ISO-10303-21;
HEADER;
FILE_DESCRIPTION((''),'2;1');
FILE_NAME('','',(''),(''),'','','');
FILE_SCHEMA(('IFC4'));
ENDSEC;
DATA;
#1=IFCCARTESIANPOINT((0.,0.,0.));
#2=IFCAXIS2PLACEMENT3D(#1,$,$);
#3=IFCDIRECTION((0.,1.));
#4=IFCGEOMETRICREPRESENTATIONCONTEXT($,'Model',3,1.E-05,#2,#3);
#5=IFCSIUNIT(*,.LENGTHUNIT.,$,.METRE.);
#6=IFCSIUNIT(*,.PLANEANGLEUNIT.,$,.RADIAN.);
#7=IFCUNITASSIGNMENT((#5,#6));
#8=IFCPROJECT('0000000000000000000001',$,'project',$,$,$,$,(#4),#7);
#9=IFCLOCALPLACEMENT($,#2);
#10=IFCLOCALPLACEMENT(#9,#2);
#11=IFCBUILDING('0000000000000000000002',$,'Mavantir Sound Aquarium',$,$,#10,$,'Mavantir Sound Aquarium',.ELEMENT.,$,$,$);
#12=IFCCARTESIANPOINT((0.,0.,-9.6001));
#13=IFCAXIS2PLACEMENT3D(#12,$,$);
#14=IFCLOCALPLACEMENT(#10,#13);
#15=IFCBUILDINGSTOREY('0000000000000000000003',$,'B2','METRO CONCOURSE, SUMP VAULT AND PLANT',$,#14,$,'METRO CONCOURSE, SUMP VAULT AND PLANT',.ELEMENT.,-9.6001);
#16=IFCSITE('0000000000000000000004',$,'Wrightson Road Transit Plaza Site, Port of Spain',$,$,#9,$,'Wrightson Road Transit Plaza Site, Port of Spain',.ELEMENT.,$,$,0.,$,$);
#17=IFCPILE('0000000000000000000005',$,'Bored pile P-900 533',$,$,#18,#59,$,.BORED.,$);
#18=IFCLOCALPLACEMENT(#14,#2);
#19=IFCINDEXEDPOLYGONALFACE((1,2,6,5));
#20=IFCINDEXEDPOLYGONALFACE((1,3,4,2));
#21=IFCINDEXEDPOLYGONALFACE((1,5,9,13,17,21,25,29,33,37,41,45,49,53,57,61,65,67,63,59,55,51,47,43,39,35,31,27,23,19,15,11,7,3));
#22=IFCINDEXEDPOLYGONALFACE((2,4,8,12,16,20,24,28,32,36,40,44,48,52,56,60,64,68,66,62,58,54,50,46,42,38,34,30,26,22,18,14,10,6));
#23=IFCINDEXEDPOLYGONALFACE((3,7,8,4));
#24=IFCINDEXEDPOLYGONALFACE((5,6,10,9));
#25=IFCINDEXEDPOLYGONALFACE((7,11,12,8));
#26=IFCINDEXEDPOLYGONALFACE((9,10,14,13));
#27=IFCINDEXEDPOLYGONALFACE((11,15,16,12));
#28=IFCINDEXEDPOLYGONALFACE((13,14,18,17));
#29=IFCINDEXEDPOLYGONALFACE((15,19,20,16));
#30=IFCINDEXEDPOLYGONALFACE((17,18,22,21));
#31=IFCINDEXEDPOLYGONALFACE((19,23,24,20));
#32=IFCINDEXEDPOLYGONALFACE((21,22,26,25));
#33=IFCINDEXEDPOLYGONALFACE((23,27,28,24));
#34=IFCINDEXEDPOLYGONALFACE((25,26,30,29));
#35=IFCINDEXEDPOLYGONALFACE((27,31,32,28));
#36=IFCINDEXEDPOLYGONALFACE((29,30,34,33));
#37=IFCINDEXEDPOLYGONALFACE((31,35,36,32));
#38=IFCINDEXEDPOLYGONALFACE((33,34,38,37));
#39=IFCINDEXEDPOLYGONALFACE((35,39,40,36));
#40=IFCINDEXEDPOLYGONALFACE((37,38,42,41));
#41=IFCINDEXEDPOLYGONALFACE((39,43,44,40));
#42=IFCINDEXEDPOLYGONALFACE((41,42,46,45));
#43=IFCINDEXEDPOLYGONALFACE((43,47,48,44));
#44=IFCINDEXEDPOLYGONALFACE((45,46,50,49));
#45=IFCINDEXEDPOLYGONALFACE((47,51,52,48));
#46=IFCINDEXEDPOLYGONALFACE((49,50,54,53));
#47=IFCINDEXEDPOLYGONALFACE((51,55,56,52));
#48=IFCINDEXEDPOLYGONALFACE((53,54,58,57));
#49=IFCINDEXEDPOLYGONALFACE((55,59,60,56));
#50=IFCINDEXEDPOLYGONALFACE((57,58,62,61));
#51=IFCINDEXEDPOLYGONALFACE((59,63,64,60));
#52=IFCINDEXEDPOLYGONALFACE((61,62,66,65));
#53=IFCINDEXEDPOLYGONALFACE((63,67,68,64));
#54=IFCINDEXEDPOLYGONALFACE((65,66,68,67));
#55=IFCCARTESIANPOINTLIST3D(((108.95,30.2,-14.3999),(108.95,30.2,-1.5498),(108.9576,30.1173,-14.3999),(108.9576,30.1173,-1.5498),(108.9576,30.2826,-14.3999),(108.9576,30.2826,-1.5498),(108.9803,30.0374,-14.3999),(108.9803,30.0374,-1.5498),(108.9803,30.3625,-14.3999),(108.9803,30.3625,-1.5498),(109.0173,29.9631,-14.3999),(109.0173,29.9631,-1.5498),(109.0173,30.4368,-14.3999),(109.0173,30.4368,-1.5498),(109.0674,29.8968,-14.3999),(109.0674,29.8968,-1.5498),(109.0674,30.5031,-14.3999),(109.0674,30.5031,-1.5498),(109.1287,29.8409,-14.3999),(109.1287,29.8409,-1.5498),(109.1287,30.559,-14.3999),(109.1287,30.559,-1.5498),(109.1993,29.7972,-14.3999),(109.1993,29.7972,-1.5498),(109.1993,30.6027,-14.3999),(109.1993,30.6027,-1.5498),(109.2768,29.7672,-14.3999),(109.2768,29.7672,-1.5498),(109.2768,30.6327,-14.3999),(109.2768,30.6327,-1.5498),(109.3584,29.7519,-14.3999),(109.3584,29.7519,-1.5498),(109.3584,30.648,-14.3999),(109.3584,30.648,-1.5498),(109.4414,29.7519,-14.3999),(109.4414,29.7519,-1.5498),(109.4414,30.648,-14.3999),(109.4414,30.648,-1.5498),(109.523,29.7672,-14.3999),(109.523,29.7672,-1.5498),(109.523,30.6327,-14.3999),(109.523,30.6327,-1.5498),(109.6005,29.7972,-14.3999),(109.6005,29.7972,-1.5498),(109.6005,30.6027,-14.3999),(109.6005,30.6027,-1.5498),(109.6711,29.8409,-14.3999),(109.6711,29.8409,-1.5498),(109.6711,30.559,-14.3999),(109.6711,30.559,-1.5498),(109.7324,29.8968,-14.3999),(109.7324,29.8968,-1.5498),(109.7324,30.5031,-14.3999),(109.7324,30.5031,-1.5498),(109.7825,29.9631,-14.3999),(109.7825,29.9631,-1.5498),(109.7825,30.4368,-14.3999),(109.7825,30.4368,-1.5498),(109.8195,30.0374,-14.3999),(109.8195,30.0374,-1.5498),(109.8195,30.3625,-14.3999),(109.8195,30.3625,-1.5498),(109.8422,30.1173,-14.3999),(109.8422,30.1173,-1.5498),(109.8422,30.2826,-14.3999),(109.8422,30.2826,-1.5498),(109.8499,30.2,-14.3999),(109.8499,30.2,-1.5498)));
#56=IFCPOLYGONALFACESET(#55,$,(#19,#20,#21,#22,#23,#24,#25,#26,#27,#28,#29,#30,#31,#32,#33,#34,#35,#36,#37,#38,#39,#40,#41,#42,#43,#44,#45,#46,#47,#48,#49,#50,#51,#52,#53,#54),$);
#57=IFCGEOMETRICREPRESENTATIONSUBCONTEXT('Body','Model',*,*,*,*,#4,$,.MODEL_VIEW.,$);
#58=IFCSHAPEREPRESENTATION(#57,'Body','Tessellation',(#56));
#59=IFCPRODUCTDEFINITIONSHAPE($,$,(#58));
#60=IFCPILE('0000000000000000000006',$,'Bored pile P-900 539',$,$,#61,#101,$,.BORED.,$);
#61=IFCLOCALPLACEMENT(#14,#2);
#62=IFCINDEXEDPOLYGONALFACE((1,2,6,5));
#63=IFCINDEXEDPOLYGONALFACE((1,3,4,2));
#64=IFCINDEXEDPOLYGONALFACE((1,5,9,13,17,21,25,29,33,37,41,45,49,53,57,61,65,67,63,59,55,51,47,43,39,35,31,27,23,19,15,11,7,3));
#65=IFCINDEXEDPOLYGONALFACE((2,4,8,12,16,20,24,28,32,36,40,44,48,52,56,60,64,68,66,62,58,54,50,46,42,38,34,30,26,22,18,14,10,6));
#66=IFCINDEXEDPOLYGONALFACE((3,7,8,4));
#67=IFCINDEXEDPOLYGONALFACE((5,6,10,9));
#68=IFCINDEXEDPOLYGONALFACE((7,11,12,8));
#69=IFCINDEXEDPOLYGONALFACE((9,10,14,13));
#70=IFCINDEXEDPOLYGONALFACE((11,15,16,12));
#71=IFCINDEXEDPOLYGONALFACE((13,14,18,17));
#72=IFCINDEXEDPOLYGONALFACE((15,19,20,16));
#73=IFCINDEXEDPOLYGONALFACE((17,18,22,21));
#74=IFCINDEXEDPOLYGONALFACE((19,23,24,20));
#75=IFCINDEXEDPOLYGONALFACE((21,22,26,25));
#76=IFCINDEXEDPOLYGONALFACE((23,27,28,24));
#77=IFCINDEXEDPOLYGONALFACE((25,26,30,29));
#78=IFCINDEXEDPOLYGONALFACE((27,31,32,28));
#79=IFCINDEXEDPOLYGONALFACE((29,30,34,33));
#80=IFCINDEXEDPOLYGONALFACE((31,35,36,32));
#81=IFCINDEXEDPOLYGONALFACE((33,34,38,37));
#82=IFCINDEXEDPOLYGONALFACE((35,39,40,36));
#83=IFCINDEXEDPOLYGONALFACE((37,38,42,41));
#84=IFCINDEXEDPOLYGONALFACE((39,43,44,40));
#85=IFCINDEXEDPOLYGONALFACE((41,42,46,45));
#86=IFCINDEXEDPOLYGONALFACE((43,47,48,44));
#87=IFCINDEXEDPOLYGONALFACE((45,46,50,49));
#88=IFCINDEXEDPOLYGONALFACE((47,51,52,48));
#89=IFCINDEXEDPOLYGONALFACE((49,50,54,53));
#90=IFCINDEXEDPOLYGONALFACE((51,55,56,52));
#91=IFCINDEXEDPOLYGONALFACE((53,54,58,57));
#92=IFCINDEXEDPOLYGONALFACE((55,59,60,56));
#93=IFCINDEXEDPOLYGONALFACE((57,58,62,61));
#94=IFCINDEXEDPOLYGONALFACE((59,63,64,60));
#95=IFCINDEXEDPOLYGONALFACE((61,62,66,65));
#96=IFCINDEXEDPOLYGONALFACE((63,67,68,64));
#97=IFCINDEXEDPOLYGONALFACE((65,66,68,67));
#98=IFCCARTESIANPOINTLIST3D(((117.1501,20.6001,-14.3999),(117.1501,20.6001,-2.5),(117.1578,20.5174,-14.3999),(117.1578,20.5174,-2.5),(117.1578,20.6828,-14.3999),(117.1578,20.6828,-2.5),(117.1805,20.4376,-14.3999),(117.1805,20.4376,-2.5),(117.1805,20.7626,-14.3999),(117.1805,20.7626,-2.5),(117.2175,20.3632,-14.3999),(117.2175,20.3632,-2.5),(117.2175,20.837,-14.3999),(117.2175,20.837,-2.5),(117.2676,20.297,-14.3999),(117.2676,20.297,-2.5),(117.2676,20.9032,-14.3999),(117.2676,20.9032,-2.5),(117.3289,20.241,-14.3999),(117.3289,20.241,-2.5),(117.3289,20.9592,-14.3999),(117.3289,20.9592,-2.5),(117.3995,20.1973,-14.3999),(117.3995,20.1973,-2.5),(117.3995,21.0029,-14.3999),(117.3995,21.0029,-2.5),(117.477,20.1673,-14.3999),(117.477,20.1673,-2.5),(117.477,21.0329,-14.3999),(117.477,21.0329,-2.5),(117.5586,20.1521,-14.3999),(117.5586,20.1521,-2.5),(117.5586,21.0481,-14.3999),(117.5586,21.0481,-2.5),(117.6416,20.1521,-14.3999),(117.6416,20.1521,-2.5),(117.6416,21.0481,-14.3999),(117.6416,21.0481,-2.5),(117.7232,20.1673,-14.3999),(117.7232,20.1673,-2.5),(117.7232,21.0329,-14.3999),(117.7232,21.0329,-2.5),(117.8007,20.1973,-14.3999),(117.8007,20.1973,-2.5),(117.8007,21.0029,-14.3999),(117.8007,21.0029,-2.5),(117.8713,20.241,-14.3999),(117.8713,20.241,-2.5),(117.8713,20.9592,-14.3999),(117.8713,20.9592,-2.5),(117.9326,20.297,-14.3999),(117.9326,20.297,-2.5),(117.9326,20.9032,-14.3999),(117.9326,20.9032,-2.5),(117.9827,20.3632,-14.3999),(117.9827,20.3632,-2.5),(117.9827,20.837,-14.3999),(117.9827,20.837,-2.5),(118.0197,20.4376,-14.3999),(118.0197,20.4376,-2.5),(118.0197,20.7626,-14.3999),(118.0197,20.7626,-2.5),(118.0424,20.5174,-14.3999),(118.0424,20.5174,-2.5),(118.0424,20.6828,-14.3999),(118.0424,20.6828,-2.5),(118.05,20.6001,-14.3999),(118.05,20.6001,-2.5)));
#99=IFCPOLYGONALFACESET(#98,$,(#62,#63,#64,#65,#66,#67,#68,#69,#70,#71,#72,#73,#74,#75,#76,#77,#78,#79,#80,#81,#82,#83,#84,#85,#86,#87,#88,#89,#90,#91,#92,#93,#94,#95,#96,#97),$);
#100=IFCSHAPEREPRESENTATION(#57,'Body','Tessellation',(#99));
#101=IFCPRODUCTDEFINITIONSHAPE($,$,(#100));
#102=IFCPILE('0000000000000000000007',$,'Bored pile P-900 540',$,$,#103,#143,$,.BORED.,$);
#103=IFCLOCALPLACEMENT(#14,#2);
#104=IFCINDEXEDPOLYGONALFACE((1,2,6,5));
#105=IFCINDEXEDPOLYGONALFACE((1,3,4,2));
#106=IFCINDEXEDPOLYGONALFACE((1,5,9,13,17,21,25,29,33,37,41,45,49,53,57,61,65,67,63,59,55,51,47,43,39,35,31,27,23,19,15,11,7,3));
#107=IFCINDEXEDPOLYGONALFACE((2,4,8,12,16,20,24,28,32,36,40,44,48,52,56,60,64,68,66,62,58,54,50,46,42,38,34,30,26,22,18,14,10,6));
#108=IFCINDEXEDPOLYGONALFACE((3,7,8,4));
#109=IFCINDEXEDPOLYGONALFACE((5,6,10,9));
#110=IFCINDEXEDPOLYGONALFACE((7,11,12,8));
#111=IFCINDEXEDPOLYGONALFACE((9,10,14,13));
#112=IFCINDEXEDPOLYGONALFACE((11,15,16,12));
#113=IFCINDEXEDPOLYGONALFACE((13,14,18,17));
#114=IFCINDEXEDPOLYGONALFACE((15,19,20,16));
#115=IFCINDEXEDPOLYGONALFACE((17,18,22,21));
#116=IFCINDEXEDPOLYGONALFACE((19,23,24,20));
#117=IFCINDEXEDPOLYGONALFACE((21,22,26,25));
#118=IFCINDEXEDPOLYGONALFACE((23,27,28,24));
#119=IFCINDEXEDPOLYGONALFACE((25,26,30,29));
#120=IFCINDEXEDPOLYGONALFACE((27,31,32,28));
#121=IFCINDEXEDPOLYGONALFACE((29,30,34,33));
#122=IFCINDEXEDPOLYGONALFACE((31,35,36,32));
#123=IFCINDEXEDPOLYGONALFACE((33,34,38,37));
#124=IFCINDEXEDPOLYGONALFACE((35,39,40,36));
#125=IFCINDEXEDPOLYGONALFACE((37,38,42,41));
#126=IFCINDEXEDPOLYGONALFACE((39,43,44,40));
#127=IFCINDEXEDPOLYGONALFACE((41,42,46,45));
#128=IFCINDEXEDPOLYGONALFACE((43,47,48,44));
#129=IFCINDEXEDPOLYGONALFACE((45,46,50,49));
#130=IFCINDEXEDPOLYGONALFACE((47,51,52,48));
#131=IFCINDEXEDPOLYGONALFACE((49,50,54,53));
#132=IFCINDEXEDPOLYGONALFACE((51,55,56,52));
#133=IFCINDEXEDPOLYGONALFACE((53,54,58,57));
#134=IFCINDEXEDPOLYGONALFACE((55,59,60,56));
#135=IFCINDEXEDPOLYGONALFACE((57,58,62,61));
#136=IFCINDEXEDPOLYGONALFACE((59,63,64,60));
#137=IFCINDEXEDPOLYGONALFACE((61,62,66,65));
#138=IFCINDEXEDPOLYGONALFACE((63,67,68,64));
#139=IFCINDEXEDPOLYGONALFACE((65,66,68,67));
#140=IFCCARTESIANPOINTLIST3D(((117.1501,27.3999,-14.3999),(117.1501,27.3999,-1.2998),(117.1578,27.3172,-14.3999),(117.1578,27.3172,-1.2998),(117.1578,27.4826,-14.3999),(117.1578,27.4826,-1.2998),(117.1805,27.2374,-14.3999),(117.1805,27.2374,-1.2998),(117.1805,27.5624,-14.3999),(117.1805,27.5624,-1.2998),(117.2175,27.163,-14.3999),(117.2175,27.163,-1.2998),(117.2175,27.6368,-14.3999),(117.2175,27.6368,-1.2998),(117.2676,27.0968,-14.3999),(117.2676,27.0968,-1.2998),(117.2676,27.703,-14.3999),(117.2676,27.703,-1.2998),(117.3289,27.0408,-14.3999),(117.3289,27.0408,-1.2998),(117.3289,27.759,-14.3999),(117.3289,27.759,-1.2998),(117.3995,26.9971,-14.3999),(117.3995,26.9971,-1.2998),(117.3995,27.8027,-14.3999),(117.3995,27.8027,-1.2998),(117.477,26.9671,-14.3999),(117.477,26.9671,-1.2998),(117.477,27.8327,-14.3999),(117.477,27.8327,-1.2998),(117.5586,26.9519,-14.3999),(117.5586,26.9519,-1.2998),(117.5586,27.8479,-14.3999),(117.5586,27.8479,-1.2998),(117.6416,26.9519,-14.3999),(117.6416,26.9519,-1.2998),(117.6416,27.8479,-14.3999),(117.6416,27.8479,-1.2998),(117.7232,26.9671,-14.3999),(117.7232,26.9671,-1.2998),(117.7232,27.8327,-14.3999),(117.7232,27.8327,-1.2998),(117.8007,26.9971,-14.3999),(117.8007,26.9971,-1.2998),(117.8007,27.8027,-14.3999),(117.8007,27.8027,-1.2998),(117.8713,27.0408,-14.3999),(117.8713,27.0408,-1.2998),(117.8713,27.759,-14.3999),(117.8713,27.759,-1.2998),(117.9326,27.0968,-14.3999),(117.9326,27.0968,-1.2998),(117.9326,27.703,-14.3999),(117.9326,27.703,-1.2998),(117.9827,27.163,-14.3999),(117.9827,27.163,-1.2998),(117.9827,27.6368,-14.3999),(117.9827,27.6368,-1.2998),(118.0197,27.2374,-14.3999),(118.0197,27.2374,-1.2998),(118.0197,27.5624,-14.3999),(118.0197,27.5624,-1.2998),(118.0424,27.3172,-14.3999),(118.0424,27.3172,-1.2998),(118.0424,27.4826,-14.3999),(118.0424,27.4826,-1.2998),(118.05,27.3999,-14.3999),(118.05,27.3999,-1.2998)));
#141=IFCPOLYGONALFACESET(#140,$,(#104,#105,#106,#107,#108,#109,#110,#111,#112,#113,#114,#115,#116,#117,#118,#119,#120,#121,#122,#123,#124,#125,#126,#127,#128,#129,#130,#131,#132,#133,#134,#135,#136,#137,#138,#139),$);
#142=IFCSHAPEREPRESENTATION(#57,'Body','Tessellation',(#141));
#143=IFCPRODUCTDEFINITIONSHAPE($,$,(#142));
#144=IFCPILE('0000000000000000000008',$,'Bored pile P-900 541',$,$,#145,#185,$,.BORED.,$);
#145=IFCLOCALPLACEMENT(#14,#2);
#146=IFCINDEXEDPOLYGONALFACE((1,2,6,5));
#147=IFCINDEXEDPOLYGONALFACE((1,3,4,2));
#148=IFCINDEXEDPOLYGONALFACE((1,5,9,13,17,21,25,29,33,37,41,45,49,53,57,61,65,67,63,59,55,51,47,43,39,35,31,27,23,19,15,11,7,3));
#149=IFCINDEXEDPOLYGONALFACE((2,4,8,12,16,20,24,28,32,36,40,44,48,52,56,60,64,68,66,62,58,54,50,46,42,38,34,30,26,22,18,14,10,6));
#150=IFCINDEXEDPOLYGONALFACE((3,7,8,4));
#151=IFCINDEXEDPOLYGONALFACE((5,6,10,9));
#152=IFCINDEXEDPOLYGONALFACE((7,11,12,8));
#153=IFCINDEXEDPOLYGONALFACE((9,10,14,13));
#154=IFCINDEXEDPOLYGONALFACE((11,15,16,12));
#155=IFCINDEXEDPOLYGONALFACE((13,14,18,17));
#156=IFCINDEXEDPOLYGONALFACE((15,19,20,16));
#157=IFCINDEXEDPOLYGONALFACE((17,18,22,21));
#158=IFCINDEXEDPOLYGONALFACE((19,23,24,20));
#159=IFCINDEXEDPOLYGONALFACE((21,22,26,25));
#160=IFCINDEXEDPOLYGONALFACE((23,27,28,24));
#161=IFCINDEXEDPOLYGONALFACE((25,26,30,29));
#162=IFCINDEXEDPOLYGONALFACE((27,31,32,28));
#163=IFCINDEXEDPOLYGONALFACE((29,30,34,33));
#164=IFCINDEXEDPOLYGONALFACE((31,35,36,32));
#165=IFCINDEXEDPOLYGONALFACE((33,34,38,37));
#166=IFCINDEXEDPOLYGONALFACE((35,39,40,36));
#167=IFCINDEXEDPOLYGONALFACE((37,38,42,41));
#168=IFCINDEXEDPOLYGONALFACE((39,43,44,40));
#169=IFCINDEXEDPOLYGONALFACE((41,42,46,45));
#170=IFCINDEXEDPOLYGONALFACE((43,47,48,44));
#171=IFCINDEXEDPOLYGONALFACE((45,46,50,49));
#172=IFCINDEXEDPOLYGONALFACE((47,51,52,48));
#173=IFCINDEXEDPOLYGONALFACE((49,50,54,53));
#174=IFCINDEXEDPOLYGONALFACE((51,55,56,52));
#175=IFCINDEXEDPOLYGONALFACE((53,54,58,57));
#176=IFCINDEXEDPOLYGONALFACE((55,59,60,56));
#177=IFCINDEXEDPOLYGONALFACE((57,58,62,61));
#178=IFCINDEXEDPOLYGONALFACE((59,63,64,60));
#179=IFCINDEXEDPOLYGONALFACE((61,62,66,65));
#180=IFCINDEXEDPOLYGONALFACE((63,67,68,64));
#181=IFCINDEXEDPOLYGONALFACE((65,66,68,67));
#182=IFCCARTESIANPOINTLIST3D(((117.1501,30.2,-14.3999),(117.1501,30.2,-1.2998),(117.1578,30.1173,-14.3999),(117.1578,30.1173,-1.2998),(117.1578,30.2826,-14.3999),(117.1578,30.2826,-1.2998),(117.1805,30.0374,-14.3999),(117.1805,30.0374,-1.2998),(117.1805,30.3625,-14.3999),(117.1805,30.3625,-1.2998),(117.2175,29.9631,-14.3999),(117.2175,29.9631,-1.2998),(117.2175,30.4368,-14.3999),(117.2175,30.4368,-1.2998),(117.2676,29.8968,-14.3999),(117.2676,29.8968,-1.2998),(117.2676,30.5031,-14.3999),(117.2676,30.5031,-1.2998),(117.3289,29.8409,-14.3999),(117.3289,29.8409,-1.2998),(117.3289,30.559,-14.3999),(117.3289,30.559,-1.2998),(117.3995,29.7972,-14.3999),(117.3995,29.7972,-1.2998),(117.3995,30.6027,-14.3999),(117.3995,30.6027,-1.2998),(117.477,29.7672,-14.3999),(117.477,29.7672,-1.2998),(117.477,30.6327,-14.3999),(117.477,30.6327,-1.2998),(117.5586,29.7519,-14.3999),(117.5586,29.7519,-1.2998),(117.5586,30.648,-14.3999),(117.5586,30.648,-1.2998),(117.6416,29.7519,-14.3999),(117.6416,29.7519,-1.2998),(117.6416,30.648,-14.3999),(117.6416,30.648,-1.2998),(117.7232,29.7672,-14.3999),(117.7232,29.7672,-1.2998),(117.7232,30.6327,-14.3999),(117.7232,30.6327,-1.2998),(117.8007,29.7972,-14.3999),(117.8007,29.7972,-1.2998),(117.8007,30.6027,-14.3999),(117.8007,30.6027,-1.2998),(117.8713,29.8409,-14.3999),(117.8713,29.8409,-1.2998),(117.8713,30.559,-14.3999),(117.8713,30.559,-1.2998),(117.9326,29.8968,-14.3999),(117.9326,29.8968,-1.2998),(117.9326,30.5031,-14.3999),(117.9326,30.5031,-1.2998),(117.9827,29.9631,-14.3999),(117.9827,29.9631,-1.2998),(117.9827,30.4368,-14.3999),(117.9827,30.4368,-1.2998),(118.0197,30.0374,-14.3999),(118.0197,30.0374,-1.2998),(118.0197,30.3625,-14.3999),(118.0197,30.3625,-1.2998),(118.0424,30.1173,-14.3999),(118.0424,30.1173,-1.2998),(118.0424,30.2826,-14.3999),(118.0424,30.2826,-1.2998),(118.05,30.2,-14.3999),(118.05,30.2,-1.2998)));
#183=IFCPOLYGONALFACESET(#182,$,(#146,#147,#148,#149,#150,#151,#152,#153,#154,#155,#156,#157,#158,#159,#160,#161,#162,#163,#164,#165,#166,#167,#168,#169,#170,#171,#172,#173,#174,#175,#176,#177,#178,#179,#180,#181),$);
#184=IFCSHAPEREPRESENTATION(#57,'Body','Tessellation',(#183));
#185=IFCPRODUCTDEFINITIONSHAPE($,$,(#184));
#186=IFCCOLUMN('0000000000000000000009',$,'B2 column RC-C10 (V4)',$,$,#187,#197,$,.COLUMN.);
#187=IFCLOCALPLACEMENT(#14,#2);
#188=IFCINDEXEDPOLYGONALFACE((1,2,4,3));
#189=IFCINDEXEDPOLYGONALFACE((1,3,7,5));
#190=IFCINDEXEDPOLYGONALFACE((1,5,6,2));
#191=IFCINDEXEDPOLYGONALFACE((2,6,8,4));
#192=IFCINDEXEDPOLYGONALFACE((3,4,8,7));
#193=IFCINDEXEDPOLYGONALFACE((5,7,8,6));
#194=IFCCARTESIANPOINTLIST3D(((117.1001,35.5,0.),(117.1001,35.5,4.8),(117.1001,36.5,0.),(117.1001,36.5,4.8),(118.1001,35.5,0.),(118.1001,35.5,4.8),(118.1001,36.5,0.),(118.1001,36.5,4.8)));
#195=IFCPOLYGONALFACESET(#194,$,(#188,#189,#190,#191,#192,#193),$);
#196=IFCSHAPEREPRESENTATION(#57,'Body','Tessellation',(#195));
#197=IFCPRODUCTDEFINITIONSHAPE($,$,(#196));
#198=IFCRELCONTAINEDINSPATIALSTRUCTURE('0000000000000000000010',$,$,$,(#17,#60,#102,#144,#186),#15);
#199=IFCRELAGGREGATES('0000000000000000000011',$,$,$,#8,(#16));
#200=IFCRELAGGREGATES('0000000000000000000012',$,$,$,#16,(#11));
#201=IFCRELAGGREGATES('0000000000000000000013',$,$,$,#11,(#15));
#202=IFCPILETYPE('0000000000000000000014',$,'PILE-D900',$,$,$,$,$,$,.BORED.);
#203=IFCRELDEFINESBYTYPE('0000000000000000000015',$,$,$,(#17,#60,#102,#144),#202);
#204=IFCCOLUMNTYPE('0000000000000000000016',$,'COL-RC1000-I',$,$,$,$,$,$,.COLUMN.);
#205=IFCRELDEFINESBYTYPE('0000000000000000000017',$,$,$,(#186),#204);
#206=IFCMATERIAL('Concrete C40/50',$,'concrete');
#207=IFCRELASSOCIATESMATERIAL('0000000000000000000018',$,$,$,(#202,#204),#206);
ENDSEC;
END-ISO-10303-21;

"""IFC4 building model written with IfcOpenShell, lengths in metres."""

from ifc_helpers import new_model, si_unit, direction, frame, origin, origin_2d, place, context, subcontext, project, spatial, rectangle, circle, extrude, material, material_profile, profile_set, type_object, element, save


model = new_model("IFC4")

# Units and contexts
model_context = context("Model", 3, precision=1e-05, world=origin(), true_north=direction((0.0, 1.0)))
body_context = subcontext(model_context, "Body", "Model", "MODEL_VIEW")
ifc_project = project(units=[si_unit("LENGTHUNIT", "METRE"), si_unit("PLANEANGLEUNIT", "RADIAN")], contexts=[model_context])

# Site, building, storey
site_placement = place(None, origin())
site = spatial("IfcSite", under=ifc_project, at=site_placement, Name="Wrightson Road Transit Plaza Site, Port of Spain", LongName="Wrightson Road Transit Plaza Site, Port of Spain", CompositionType="ELEMENT", RefElevation=0.0)
building_placement = place(site_placement, origin())
building = spatial("IfcBuilding", under=site, at=building_placement, Name="Mavantir Sound Aquarium", LongName="Mavantir Sound Aquarium", CompositionType="ELEMENT")
storey_placement = place(building_placement, frame((0.0, 0.0, -9.6001)))
storey = spatial("IfcBuildingStorey", under=building, at=storey_placement, Name="B2", Description="METRO CONCOURSE, SUMP VAULT AND PLANT", LongName="METRO CONCOURSE, SUMP VAULT AND PLANT", CompositionType="ELEMENT", Elevation=-9.6001)

# Shared definitions
ifc_material_1 = material(Name="Concrete C40/50", Category="concrete")

# Piles
ifc_material_profile_1 = material_profile(ifc_material_1, circle(Radius=0.45, at=origin_2d()), Name="PILE D900")
ifc_profile_set_1 = profile_set([ifc_material_profile_1], Name="Concrete C40/50")
pile_type = type_object("IfcPileType", Name="PILE-D900", PredefinedType="BORED", material=ifc_profile_set_1)
for number, where, z_axis, x_axis, name in (
    (1, (109.3999, 30.2, -1.5498), (0.0, 0.0, -1.0), (1.0, 0.0, 0.0), "Bored pile P-900 533"),
):
    element("IfcPile", number, at=place(storey_placement, frame(where, z_axis=z_axis, x_axis=x_axis)), inside=storey, type_object=pile_type, Name=name, PredefinedType="BORED", context=body_context, shape_type="SweptSolid", body=[
        extrude(circle(Radius=0.45, at=origin_2d()), origin(), (0.0, 0.0, 1.0), 12.8501),
    ])
pile_1_placement = place(storey_placement, frame((117.6001, 20.6001, -2.5), z_axis=(0.0, 0.0, -1.0), x_axis=(1.0, 0.0, 0.0)))
element("IfcPile", 2, at=pile_1_placement, inside=storey, type_object=pile_type, Name="Bored pile P-900 539", PredefinedType="BORED", context=body_context, shape_type="SweptSolid", body=[
    extrude(circle(Radius=0.45, at=origin_2d()), origin(), (0.0, 0.0, 1.0), 11.8999),
])
for number, where, z_axis, x_axis, name in (
    (3, (117.6001, 27.3999, -1.2998), (0.0, 0.0, -1.0), (1.0, 0.0, 0.0), "Bored pile P-900 540"),
    (4, (117.6001, 30.2, -1.2998), (0.0, 0.0, -1.0), (1.0, 0.0, 0.0), "Bored pile P-900 541"),
):
    element("IfcPile", number, at=place(storey_placement, frame(where, z_axis=z_axis, x_axis=x_axis)), inside=storey, type_object=pile_type, Name=name, PredefinedType="BORED", context=body_context, shape_type="SweptSolid", body=[
        extrude(circle(Radius=0.45, at=origin_2d()), origin(), (0.0, 0.0, 1.0), 13.1001),
    ])

# Column
ifc_material_profile_2 = material_profile(ifc_material_1, rectangle(XDim=1.0, YDim=1.0, at=origin_2d()), Name="RC 1000X1000")
ifc_profile_set_2 = profile_set([ifc_material_profile_2], Name="Concrete C40/50")
column_type_1 = type_object("IfcColumnType", Name="COL-RC1000-I", PredefinedType="COLUMN", material=ifc_profile_set_2)
column_placement = place(storey_placement, frame((117.6001, 36.0, 0.0), z_axis=(0.0, 0.0, 1.0), x_axis=(1.0, 0.0, 0.0)))
element("IfcColumn", 5, at=column_placement, inside=storey, type_object=column_type_1, Name="B2 column RC-C10 (V4)", PredefinedType="COLUMN", context=body_context, shape_type="SweptSolid", body=[
    extrude(rectangle(XDim=1.0, YDim=1.0, at=origin_2d()), origin(), (0.0, 0.0, 1.0), 4.8),
])

save(model, "model.ifc")
